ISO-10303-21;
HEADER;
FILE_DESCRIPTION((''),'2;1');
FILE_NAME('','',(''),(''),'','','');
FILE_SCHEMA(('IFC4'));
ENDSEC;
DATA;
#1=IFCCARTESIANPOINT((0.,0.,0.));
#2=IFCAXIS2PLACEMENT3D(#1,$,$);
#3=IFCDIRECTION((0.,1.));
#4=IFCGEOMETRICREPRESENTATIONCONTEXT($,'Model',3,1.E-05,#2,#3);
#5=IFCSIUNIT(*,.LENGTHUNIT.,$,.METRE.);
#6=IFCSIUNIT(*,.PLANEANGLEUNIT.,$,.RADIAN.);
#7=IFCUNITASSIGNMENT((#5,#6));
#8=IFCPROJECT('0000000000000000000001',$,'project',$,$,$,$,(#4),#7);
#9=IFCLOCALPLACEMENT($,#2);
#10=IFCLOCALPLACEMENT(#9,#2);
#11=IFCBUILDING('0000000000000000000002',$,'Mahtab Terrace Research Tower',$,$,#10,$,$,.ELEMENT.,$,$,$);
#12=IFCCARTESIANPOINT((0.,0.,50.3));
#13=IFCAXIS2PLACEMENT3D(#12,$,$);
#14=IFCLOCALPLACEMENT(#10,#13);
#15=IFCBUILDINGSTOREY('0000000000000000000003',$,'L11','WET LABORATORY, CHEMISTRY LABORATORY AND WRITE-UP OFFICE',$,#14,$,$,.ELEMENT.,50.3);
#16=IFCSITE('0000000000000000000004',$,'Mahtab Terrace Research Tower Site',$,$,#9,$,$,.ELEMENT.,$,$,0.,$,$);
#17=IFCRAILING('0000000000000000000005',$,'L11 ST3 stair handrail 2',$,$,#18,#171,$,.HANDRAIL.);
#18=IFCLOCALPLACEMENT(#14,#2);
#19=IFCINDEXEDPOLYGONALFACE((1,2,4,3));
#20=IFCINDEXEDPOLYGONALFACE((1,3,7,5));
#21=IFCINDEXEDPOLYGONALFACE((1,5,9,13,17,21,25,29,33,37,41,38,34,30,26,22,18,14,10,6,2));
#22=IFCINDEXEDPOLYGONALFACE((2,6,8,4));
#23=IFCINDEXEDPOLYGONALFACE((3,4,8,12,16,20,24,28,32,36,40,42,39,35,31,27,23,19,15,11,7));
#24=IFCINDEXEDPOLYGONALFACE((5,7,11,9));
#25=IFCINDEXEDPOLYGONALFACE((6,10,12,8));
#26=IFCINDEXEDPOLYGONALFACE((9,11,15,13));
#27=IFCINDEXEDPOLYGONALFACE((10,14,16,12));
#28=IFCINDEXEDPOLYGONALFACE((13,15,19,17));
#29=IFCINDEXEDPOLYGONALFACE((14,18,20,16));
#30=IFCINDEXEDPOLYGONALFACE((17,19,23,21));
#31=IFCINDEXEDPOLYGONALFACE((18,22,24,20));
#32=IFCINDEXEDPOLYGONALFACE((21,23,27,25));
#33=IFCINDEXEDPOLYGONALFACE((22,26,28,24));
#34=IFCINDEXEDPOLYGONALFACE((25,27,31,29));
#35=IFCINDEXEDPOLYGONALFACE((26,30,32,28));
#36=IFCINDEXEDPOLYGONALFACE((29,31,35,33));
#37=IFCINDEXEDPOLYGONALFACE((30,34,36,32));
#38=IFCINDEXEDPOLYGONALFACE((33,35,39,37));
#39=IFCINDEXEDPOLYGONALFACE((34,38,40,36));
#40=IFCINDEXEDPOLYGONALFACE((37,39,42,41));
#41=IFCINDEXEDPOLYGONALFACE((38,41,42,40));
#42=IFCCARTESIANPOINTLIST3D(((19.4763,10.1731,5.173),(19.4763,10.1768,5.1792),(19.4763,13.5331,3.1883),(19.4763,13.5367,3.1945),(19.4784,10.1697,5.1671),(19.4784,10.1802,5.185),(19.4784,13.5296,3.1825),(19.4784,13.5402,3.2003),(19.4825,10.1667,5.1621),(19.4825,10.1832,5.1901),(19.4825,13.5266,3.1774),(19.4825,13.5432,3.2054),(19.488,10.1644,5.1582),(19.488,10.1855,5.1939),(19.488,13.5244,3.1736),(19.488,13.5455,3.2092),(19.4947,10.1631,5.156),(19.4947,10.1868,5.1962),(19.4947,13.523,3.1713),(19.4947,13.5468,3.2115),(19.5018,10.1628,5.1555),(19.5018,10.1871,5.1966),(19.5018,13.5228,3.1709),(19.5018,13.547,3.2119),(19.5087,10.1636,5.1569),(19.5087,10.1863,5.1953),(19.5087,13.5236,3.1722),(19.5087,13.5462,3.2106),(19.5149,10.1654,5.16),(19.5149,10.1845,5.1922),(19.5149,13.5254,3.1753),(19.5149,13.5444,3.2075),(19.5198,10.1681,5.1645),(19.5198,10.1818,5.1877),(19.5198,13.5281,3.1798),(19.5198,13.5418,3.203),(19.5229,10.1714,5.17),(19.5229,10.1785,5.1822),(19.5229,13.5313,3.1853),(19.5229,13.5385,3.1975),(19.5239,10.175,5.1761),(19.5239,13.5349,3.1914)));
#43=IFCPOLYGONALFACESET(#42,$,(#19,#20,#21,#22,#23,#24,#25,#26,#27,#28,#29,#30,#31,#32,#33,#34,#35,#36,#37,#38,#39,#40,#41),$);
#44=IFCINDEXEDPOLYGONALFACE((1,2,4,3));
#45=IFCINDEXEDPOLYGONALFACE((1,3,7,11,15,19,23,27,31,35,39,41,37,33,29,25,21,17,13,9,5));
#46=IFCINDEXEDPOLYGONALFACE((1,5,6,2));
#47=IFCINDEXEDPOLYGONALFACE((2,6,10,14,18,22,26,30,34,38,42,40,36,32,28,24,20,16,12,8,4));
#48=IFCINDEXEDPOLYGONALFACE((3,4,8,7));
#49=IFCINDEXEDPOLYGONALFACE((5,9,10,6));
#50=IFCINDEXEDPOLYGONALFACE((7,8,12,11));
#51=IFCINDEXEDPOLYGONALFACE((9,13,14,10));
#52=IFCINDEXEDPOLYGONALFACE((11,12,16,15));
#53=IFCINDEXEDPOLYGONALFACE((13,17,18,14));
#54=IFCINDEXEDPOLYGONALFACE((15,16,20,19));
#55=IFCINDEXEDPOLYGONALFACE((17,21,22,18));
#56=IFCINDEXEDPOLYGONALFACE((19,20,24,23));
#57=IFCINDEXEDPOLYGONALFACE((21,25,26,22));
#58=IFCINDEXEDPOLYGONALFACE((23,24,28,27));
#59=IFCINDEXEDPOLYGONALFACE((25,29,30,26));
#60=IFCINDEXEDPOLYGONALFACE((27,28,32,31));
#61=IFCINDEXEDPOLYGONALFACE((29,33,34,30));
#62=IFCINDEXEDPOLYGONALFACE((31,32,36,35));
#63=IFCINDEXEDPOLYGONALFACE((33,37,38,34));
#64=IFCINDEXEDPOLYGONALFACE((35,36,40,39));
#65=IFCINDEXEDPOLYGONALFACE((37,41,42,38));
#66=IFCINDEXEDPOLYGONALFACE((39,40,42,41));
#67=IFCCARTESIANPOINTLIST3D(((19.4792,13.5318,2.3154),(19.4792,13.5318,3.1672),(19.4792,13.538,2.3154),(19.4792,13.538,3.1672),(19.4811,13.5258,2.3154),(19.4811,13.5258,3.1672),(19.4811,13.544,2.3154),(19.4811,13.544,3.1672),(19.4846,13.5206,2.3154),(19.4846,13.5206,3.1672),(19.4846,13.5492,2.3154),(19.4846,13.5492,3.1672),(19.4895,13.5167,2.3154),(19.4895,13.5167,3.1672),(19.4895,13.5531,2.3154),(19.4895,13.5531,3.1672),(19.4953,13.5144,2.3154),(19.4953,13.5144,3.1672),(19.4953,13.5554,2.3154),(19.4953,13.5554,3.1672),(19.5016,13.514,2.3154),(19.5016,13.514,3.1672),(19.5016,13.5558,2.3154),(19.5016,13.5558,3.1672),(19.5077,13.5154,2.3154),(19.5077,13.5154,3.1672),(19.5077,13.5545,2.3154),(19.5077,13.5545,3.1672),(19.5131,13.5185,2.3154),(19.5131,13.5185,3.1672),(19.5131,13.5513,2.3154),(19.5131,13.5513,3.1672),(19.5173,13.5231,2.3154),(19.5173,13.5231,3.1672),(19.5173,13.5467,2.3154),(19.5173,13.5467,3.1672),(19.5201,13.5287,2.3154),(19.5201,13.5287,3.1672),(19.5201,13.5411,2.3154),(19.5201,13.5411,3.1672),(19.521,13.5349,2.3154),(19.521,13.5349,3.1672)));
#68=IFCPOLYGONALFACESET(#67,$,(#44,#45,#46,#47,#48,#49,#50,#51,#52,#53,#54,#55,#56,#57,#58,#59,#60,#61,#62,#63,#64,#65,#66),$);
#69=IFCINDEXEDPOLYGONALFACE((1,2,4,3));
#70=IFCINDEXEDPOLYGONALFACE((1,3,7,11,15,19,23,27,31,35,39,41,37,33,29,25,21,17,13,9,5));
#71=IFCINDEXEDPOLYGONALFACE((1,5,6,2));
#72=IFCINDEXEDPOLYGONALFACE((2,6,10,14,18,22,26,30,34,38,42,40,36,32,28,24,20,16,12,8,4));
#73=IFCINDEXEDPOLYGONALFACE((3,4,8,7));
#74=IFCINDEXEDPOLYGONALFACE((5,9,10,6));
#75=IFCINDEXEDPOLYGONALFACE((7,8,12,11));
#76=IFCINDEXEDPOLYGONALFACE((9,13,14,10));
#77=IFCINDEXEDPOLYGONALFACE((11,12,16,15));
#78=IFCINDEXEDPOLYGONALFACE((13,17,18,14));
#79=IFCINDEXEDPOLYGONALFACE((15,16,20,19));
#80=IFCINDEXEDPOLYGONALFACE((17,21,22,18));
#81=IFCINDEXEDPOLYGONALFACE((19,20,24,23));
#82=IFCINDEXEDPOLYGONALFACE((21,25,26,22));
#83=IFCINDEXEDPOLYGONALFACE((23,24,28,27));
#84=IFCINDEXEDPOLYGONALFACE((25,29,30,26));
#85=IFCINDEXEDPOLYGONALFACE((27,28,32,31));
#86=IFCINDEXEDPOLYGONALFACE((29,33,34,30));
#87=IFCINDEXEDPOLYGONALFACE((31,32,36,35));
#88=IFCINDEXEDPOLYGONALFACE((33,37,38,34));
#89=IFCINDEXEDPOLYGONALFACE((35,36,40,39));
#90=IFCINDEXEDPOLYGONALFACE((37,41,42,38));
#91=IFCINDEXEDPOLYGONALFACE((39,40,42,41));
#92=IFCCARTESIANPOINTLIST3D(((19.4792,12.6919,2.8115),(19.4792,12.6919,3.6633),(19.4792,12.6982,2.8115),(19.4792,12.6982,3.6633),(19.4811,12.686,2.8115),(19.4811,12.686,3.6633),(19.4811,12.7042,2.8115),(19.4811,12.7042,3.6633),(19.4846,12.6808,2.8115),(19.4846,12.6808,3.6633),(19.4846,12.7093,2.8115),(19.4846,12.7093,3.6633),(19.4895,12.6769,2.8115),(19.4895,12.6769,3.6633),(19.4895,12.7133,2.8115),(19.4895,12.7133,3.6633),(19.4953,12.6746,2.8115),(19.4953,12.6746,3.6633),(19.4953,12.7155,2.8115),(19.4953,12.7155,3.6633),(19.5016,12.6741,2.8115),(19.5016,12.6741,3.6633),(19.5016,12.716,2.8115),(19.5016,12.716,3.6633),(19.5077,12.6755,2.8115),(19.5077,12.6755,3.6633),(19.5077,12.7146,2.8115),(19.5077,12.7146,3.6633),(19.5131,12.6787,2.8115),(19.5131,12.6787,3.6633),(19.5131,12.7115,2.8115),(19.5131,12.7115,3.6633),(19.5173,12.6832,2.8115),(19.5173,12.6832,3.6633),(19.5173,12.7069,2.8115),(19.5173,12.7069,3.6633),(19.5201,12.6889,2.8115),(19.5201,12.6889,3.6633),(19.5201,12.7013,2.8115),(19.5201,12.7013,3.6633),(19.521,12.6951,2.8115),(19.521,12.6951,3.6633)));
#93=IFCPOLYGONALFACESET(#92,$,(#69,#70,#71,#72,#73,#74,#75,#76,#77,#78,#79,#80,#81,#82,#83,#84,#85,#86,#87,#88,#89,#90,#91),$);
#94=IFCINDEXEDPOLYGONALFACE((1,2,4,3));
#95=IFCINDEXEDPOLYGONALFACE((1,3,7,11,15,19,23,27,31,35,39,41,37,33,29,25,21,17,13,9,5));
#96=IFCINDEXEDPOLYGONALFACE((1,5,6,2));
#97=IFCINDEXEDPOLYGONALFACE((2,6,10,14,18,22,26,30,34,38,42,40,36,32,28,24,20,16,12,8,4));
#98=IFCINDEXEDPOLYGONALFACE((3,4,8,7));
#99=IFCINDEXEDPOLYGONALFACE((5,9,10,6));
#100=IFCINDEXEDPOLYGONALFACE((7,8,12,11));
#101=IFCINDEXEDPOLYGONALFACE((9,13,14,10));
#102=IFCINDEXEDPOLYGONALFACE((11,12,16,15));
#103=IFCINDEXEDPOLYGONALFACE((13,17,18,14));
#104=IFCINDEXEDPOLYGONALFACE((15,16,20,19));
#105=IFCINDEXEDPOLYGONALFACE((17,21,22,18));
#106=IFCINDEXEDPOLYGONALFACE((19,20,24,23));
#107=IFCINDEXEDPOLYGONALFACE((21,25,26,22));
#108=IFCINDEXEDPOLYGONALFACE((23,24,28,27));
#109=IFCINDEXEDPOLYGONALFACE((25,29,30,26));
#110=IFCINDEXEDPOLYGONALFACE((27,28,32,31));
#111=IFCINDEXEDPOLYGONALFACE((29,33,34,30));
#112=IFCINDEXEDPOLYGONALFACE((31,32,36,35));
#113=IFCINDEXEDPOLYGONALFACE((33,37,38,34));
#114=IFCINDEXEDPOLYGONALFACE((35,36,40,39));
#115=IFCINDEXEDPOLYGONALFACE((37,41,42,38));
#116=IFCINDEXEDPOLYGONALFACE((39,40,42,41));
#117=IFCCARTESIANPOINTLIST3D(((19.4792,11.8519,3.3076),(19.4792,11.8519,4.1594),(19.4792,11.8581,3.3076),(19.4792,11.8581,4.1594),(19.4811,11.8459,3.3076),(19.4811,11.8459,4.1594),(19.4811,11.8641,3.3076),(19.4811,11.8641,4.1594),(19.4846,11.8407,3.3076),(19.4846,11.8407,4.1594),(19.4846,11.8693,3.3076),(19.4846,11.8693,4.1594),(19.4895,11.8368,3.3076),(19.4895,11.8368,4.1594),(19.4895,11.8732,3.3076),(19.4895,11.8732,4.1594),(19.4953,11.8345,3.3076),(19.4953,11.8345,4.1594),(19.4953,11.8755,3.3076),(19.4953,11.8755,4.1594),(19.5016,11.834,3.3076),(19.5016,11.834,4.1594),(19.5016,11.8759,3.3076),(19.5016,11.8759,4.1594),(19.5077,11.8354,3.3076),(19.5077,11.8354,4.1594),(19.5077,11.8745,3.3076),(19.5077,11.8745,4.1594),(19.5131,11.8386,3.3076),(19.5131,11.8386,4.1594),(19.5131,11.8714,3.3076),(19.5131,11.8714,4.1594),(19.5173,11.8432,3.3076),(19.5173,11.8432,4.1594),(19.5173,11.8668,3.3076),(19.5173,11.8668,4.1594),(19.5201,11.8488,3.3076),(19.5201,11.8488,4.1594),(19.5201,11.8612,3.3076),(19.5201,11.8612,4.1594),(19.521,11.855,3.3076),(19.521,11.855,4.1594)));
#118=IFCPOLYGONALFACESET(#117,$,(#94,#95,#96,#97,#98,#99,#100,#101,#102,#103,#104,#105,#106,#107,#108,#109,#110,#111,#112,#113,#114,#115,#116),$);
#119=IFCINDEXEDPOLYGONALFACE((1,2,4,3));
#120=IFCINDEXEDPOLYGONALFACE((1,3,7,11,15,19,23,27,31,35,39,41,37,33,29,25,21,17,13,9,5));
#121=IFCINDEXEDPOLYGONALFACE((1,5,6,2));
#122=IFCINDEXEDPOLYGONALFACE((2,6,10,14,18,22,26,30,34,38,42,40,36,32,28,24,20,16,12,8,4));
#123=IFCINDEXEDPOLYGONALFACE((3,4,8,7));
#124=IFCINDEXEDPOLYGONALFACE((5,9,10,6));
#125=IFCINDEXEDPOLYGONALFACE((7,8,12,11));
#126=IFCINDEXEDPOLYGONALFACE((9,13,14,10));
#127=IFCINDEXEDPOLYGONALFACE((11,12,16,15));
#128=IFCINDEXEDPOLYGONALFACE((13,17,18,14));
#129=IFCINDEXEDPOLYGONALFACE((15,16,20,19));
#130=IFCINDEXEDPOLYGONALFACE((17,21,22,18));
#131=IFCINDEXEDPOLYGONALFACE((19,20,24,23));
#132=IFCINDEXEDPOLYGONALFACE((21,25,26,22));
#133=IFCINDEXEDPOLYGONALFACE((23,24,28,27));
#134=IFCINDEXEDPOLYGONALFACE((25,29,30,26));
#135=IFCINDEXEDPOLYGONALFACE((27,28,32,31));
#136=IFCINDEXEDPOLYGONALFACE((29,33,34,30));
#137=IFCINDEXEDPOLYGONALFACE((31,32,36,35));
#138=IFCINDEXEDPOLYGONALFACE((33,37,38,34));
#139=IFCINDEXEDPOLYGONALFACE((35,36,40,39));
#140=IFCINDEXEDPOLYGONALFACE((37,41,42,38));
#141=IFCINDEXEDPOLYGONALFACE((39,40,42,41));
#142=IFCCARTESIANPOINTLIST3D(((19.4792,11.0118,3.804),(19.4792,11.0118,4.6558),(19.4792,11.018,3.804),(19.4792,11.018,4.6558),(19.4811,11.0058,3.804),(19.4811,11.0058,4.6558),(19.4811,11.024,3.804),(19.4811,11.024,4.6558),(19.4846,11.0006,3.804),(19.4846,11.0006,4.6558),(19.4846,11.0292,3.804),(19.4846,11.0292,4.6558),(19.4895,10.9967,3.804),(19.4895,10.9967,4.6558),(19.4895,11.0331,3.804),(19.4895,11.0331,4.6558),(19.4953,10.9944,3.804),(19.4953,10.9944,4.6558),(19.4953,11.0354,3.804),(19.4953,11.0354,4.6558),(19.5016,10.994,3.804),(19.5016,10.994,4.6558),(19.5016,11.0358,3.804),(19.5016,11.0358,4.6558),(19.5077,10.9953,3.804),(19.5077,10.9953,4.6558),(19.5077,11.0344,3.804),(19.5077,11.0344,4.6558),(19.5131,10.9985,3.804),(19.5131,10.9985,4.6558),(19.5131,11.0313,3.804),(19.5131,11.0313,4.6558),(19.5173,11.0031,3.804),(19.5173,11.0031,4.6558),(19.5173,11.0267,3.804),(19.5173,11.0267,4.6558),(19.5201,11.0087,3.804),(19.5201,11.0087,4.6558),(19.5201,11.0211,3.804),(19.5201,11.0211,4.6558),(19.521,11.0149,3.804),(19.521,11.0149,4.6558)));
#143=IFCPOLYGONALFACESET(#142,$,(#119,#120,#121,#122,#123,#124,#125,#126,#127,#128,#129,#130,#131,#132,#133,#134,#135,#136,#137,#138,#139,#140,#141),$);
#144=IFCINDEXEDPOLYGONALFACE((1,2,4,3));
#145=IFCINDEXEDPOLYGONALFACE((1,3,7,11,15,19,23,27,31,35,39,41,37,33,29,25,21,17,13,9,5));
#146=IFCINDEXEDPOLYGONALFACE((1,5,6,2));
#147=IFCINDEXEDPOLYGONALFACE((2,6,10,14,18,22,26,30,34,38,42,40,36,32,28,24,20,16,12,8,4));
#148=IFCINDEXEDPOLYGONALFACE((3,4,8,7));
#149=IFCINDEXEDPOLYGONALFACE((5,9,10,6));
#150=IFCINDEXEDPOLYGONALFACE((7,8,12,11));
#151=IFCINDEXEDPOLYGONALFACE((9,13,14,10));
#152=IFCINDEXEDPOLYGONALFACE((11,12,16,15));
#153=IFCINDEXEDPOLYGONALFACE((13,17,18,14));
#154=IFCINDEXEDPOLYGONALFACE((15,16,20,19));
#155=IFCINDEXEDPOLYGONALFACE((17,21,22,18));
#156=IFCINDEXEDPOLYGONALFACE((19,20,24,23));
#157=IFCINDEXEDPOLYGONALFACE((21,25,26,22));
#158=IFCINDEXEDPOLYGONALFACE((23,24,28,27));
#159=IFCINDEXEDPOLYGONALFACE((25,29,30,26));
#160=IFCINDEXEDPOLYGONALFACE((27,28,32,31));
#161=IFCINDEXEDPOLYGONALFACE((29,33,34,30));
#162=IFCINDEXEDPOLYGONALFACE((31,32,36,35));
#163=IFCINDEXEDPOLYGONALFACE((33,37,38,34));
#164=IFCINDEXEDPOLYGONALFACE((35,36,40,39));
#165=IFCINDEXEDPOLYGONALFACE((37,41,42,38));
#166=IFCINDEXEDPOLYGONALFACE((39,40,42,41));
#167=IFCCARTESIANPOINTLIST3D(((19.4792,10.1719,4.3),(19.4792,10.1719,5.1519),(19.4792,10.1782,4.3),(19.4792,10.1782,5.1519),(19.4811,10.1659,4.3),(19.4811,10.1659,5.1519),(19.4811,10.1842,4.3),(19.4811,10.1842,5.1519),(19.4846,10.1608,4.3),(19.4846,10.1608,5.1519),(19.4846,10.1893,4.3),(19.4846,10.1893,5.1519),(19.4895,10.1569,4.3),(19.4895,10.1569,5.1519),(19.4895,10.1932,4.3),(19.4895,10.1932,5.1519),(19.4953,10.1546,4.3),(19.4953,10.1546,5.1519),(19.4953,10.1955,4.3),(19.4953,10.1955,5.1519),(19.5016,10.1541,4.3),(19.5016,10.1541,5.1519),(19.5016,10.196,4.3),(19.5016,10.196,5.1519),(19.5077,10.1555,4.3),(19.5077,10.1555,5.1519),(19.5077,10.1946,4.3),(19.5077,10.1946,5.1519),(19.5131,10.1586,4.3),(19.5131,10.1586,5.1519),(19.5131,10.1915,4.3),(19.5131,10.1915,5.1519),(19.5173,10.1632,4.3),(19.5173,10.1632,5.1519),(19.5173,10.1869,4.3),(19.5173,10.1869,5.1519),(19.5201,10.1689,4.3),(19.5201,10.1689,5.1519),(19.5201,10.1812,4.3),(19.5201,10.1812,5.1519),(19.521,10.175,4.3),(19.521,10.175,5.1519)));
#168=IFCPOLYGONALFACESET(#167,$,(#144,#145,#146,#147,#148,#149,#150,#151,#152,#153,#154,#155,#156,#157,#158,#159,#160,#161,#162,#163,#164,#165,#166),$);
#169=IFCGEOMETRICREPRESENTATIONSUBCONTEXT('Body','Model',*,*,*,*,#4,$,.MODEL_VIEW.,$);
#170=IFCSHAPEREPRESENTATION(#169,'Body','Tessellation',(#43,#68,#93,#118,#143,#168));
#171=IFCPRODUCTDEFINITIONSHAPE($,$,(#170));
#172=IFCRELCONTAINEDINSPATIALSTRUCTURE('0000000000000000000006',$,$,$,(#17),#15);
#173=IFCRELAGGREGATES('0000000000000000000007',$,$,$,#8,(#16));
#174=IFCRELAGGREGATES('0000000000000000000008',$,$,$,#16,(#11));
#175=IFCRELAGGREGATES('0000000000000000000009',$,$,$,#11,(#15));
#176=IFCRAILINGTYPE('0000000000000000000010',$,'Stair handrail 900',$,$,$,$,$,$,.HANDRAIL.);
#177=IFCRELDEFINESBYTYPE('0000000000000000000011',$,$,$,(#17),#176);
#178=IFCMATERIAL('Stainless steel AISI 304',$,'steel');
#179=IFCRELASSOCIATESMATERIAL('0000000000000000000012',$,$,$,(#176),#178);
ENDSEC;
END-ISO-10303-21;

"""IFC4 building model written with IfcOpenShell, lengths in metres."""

from ifc_helpers import new_model, si_unit, direction, frame, origin, origin_2d, place, context, subcontext, project, spatial, circle, extrude, material, type_object, element, save


model = new_model("IFC4")

# Units and contexts
model_context = context("Model", 3, precision=1e-05, world=origin(), true_north=direction((0.0, 1.0)))
body_context = subcontext(model_context, "Body", "Model", "MODEL_VIEW")
ifc_project = project(units=[si_unit("LENGTHUNIT", "METRE"), si_unit("PLANEANGLEUNIT", "RADIAN")], contexts=[model_context])

# Site, building, storey
site_placement = place(None, origin())
site = spatial("IfcSite", under=ifc_project, at=site_placement, Name="Mahtab Terrace Research Tower Site", CompositionType="ELEMENT", RefElevation=0.0)
building_placement = place(site_placement, origin())
building = spatial("IfcBuilding", under=site, at=building_placement, Name="Mahtab Terrace Research Tower", CompositionType="ELEMENT")
storey_placement = place(building_placement, frame((0.0, 0.0, 50.3)))
storey = spatial("IfcBuildingStorey", under=building, at=storey_placement, Name="L11", Description="WET LABORATORY, CHEMISTRY LABORATORY AND WRITE-UP OFFICE", CompositionType="ELEMENT", Elevation=50.3)

# Railing
ifc_material_1 = material(Name="Stainless steel AISI 304", Category="steel")
railing_type_1 = type_object("IfcRailingType", Name="Stair handrail 900", PredefinedType="HANDRAIL", material=ifc_material_1)
railing_1_placement = place(storey_placement, frame((19.5, 13.5349, 2.3154)))
element("IfcRailing", 1, at=railing_1_placement, inside=storey, type_object=railing_type_1, Name="L11 ST3 stair handrail 2", PredefinedType="HANDRAIL", context=body_context, shape_type="SweptSolid", body=[
    extrude(circle(Radius=0.0239, at=origin_2d()), frame((0.0, 0.0, 0.876), z_axis=(0.0, -0.861011, 0.508586), x_axis=(1.0, 0.0, 0.0)), (0.0, 0.0, 1.0), 3.9023),
    extrude(circle(Radius=0.021, at=origin_2d()), origin(), (0.0, 0.0, 1.0), 0.8518),
    extrude(circle(Radius=0.021, at=origin_2d()), frame((0.0, -0.8398, 0.4961)), (0.0, 0.0, 1.0), 0.8518),
    extrude(circle(Radius=0.021, at=origin_2d()), frame((0.0, -1.6799, 0.9922)), (0.0, 0.0, 1.0), 0.8518),
    extrude(circle(Radius=0.021, at=origin_2d()), frame((0.0, -2.52, 1.4885)), (0.0, 0.0, 1.0), 0.8518),
    extrude(circle(Radius=0.021, at=origin_2d()), frame((0.0, -3.3599, 1.9846)), (0.0, 0.0, 1.0), 0.8518),
])

save(model, "model.ifc")
